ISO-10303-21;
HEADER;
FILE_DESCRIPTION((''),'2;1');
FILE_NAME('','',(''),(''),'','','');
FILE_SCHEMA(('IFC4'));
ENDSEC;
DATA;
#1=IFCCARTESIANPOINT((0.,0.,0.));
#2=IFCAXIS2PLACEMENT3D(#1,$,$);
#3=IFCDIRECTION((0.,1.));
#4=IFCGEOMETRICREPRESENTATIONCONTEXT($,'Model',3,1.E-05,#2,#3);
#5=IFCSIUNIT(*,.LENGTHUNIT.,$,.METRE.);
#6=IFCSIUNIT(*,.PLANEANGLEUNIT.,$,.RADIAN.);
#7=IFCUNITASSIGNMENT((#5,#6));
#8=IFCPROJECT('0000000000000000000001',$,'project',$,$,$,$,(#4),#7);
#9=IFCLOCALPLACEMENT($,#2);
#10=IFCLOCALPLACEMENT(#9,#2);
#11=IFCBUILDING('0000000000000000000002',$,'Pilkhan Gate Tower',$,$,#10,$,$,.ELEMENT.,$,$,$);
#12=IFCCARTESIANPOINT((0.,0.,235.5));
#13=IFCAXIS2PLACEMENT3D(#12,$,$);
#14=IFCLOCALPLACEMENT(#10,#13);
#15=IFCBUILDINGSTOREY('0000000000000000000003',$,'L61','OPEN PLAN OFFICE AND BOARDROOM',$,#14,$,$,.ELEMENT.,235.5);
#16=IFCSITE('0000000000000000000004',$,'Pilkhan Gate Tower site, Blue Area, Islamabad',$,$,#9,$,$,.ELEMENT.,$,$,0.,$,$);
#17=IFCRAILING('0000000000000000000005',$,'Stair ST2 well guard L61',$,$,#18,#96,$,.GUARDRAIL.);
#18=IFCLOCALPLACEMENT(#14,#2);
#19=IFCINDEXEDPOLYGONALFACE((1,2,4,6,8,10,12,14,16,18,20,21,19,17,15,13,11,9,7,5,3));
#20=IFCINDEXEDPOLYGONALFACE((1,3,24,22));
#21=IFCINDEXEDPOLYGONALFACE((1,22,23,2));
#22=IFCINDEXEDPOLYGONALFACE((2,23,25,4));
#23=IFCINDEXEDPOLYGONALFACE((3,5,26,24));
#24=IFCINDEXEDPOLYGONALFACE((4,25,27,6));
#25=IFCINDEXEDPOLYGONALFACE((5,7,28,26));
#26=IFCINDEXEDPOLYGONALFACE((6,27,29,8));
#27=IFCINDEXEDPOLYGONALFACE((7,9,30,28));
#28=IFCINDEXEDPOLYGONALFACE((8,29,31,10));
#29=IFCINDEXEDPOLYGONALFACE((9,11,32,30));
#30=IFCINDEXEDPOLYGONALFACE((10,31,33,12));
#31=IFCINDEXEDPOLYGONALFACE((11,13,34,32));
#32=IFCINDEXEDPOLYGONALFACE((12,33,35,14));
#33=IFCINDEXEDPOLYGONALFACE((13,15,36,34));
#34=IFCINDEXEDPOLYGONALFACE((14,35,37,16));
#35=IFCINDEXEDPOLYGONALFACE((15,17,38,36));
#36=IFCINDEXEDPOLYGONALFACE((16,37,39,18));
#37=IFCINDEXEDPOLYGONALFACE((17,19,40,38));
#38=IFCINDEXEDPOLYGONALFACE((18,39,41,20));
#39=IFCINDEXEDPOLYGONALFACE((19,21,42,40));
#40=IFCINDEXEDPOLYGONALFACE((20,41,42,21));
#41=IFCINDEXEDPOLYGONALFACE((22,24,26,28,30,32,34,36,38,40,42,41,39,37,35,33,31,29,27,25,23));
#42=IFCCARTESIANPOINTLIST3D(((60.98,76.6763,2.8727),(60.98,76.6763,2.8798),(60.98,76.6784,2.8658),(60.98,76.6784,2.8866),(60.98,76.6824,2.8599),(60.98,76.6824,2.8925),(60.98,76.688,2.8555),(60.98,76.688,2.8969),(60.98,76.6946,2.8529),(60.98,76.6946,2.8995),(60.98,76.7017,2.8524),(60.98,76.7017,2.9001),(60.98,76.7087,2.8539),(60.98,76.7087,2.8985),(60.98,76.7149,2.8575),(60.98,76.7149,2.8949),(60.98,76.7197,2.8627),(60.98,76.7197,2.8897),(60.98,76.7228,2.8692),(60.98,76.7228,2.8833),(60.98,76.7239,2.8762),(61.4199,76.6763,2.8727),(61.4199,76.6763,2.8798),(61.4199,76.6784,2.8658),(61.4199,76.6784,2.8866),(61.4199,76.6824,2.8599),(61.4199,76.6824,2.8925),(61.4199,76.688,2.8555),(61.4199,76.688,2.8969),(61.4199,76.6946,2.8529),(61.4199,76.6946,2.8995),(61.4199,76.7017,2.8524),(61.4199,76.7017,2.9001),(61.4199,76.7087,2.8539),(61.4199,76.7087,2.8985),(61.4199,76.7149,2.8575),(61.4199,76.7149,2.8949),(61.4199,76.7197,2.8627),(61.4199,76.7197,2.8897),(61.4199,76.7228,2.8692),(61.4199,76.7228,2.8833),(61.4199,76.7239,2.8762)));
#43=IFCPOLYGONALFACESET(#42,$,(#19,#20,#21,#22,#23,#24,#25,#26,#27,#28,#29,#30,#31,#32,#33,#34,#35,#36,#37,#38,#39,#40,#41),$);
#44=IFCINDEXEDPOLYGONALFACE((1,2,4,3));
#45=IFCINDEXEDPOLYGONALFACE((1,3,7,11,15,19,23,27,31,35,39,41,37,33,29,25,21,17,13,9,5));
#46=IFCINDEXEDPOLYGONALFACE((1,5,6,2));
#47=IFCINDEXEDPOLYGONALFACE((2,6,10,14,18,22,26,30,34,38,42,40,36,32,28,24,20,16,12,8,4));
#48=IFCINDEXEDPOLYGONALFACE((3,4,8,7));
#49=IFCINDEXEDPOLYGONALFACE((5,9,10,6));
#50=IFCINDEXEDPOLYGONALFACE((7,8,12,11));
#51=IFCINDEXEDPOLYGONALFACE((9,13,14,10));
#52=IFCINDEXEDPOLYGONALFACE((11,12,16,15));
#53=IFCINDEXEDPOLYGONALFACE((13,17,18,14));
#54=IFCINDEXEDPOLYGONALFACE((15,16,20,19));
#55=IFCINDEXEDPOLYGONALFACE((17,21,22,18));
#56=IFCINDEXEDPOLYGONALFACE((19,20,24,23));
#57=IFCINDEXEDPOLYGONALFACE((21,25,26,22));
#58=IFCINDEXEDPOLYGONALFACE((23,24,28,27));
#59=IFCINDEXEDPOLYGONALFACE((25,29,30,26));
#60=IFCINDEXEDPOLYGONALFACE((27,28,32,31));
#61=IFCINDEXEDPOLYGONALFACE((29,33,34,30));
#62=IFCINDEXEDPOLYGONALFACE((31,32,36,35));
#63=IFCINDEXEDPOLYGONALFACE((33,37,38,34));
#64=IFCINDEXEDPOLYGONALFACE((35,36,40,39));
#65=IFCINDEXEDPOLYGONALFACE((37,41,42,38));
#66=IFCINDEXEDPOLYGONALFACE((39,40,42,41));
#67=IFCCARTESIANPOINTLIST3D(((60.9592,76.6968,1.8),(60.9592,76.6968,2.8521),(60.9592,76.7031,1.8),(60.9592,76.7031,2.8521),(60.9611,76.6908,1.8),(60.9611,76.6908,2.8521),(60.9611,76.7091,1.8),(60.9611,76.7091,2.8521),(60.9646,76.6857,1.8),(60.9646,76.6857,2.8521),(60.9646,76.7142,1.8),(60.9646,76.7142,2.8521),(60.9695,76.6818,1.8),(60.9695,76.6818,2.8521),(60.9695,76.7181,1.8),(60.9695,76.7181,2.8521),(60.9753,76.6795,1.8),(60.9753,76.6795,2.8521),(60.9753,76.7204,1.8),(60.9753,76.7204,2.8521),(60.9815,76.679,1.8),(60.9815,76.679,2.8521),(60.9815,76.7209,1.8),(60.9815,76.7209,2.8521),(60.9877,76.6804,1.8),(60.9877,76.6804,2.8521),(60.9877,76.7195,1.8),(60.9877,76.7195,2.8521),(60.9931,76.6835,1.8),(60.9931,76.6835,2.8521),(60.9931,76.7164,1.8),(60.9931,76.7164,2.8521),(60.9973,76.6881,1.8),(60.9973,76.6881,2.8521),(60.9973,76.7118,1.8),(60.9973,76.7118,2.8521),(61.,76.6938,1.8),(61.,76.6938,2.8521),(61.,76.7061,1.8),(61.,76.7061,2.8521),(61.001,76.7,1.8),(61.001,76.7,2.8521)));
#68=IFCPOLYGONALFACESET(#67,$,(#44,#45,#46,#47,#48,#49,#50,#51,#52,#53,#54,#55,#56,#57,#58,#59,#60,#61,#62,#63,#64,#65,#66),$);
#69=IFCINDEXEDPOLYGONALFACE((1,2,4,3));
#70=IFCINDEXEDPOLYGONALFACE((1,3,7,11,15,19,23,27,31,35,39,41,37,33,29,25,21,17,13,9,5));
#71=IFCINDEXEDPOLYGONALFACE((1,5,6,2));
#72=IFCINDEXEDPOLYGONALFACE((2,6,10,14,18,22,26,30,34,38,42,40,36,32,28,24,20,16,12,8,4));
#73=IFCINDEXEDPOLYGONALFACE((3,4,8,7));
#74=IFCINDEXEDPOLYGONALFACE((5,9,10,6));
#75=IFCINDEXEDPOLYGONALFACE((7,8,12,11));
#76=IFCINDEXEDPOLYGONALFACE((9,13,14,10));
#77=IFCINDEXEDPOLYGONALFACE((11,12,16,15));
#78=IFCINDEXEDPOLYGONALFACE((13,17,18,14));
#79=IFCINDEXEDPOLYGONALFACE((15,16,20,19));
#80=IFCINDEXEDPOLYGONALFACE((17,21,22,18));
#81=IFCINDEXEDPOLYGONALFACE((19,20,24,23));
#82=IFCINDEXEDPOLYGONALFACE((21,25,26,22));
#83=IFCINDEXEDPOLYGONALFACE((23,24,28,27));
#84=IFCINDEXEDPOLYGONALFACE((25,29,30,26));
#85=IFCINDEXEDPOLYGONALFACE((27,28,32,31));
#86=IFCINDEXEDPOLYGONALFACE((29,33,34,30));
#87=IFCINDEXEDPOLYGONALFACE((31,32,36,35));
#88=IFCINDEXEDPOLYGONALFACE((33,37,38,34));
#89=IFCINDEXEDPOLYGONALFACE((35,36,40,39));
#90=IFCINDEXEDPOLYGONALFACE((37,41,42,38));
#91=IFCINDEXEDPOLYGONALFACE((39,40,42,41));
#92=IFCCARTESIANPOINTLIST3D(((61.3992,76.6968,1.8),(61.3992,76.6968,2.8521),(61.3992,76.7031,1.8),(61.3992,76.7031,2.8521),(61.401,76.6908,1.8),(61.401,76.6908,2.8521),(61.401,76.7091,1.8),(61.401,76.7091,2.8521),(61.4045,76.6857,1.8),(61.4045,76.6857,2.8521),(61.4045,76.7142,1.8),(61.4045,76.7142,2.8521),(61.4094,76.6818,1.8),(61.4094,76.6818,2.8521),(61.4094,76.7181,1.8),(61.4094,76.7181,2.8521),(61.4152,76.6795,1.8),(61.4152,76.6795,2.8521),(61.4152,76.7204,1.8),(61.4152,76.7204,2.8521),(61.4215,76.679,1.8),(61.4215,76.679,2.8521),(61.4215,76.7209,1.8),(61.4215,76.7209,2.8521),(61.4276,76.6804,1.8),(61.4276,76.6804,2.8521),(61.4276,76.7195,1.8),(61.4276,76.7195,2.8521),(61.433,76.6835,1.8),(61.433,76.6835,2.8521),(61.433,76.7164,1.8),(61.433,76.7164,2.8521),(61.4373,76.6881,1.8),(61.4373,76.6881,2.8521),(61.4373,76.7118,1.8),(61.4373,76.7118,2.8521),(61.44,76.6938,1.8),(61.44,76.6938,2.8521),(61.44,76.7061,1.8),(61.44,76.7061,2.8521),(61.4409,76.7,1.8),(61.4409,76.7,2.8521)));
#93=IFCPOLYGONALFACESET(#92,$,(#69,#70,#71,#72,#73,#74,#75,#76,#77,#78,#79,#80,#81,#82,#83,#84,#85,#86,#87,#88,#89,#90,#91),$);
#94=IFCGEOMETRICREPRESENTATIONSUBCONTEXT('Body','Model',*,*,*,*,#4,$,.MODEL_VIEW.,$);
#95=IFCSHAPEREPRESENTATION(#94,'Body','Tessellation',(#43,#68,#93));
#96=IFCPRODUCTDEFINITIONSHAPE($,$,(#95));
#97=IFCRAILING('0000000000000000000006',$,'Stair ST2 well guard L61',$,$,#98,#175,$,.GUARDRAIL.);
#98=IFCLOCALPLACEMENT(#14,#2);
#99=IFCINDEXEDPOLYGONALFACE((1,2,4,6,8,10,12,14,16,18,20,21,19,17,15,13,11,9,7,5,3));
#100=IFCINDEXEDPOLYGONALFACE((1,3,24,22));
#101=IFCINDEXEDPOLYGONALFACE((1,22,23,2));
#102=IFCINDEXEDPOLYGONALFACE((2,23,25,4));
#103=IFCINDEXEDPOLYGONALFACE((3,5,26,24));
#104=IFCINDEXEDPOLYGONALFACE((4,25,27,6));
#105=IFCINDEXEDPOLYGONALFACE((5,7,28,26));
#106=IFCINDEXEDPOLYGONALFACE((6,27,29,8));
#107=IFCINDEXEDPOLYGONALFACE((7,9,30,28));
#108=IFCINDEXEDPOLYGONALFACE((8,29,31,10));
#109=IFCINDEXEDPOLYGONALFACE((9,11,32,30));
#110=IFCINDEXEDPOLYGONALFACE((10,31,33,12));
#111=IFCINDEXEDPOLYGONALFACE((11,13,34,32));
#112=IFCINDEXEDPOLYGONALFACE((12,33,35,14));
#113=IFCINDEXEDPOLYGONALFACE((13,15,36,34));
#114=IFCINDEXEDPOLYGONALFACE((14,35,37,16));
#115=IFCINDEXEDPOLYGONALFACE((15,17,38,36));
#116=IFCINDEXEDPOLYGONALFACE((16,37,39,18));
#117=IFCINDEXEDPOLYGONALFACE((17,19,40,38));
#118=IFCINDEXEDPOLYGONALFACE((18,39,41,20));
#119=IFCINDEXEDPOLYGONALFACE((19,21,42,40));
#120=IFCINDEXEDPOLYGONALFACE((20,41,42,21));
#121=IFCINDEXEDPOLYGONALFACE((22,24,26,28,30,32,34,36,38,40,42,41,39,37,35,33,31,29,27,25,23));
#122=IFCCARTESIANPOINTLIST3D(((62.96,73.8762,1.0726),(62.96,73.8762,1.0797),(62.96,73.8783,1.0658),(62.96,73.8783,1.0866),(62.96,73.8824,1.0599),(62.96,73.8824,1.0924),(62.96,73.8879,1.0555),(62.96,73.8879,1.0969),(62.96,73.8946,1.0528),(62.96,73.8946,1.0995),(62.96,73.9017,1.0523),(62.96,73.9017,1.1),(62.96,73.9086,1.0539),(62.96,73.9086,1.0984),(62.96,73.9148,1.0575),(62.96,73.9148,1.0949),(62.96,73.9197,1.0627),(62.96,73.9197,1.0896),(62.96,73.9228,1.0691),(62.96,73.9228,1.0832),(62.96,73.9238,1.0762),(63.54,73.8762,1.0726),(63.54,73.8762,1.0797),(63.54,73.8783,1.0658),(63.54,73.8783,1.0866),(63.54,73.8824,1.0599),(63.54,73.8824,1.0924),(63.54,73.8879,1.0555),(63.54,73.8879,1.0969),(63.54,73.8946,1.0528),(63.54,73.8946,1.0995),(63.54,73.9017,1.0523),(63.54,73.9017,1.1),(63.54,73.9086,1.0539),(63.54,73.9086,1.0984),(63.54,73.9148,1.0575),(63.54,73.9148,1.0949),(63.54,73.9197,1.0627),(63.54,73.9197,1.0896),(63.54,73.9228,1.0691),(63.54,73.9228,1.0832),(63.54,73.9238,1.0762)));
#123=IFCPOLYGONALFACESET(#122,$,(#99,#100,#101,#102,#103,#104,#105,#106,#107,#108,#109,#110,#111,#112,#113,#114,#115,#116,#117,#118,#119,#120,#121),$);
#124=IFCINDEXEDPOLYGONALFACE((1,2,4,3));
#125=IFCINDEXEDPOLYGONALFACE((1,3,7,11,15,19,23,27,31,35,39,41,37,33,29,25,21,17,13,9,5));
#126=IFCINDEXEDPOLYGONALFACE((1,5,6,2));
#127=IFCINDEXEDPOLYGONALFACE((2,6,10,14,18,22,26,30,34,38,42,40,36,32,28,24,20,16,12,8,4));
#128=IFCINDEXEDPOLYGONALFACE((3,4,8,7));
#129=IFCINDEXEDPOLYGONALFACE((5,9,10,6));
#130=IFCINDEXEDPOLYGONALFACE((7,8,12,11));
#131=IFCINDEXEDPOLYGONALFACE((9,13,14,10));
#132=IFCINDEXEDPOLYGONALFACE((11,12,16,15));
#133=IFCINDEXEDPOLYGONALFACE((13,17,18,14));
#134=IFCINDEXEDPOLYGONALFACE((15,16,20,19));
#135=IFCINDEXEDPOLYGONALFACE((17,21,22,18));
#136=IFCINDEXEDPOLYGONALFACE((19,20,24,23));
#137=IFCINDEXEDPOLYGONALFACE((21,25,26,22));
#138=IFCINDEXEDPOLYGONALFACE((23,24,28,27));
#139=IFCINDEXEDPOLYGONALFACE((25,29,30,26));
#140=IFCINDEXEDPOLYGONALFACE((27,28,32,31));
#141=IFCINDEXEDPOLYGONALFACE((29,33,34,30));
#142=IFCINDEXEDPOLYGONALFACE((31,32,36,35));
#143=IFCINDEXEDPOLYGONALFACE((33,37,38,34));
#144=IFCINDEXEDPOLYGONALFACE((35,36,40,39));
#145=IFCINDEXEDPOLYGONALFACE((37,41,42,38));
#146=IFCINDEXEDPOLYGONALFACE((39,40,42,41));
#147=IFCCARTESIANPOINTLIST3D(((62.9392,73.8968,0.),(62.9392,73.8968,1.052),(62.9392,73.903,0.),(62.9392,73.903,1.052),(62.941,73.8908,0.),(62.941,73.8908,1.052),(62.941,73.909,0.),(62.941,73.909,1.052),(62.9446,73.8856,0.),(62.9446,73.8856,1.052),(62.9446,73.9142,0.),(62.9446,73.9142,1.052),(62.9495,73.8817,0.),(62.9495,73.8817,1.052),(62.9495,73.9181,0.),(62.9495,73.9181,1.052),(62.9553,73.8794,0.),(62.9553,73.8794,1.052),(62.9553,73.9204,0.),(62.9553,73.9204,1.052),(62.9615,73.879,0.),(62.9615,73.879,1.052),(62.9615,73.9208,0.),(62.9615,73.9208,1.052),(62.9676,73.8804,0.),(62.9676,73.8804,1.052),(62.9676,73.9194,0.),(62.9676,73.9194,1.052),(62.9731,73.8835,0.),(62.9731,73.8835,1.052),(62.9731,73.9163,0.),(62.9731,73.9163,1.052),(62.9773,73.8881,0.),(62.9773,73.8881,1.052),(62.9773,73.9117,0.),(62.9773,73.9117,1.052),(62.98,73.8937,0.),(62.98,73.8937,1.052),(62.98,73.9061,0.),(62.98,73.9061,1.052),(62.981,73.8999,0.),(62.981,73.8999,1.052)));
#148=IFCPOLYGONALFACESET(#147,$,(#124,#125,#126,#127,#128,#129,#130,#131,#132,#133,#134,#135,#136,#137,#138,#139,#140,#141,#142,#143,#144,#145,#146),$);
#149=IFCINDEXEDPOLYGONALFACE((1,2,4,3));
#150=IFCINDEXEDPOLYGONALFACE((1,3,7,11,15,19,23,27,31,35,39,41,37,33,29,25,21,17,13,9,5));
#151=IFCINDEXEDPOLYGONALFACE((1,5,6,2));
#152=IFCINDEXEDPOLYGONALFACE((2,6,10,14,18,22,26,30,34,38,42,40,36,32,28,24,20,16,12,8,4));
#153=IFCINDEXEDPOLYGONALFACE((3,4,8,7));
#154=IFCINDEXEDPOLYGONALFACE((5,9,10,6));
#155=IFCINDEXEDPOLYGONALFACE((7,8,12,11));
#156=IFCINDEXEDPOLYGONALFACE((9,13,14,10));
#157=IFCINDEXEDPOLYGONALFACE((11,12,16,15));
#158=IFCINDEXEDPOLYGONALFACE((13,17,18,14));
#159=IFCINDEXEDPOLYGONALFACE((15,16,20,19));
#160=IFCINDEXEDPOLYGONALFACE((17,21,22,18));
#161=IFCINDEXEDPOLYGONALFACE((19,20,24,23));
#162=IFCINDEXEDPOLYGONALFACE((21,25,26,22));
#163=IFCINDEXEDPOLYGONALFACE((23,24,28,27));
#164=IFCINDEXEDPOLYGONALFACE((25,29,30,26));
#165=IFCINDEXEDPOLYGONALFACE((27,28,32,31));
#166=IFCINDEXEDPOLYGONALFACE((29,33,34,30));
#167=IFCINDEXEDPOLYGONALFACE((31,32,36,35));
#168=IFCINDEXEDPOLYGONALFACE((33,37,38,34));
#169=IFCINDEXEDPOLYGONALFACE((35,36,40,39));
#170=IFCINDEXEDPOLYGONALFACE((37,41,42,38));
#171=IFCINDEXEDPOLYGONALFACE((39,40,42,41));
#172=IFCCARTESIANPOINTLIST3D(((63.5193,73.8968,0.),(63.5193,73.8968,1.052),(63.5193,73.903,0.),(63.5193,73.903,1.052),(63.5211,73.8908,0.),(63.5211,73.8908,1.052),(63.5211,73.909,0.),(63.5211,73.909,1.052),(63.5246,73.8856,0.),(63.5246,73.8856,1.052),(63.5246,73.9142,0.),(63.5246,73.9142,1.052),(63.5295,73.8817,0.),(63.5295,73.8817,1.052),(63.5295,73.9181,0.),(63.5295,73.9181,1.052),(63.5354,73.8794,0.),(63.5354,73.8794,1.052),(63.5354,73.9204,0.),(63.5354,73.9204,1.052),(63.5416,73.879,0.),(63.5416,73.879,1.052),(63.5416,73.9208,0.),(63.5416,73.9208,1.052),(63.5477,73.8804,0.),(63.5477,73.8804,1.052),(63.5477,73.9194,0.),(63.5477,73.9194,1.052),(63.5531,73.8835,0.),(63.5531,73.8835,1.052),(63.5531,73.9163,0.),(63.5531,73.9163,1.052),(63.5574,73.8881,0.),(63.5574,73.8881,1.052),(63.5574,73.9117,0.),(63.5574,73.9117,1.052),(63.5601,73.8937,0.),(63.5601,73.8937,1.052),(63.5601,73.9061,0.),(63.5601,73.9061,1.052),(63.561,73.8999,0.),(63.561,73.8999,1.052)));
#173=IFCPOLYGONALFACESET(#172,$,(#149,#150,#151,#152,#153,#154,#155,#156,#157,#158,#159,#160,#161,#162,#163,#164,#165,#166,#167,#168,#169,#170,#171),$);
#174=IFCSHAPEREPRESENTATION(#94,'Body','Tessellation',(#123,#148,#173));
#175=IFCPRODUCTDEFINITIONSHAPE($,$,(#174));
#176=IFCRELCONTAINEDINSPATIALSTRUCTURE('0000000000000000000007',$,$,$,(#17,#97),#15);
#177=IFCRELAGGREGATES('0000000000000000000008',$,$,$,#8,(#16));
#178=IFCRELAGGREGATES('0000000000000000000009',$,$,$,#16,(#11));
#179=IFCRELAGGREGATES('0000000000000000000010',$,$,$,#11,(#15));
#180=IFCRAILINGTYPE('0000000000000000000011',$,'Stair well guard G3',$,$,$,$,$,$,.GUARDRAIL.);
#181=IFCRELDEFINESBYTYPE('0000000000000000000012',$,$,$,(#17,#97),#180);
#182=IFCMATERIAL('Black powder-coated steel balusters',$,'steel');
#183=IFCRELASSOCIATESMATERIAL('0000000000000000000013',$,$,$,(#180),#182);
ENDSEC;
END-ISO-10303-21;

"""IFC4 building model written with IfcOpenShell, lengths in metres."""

from ifc_helpers import new_model, si_unit, direction, frame, origin, origin_2d, place, context, subcontext, project, spatial, circle, extrude, material, type_object, element, save


model = new_model("IFC4")

# Units and contexts
model_context = context("Model", 3, precision=1e-05, world=origin(), true_north=direction((0.0, 1.0)))
body_context = subcontext(model_context, "Body", "Model", "MODEL_VIEW")
ifc_project = project(units=[si_unit("LENGTHUNIT", "METRE"), si_unit("PLANEANGLEUNIT", "RADIAN")], contexts=[model_context])

# Site, building, storey
site_placement = place(None, origin())
site = spatial("IfcSite", under=ifc_project, at=site_placement, Name="Pilkhan Gate Tower site, Blue Area, Islamabad", CompositionType="ELEMENT", RefElevation=0.0)
building_placement = place(site_placement, origin())
building = spatial("IfcBuilding", under=site, at=building_placement, Name="Pilkhan Gate Tower", CompositionType="ELEMENT")
storey_placement = place(building_placement, frame((0.0, 0.0, 235.5)))
storey = spatial("IfcBuildingStorey", under=building, at=storey_placement, Name="L61", Description="OPEN PLAN OFFICE AND BOARDROOM", CompositionType="ELEMENT", Elevation=235.5)

# Railings
ifc_material_1 = material(Name="Black powder-coated steel balusters", Category="steel")
railing_type_1 = type_object("IfcRailingType", Name="Stair well guard G3", PredefinedType="GUARDRAIL", material=ifc_material_1)
railing_1_placement = place(storey_placement, frame((60.98, 76.7, 1.8)))
element("IfcRailing", 1, at=railing_1_placement, inside=storey, type_object=railing_type_1, Name="Stair ST2 well guard L61", PredefinedType="GUARDRAIL", context=body_context, shape_type="SweptSolid", body=[
    extrude(circle(Radius=0.0239, at=origin_2d()), frame((0.0, 0.0, 1.0762), z_axis=(1.0, 0.0, 0.0), x_axis=(0.0, 1.0, 0.0)), (0.0, 0.0, 1.0), 0.4399),
    extrude(circle(Radius=0.021, at=origin_2d()), origin(), (0.0, 0.0, 1.0), 1.052),
    extrude(circle(Radius=0.021, at=origin_2d()), frame((0.4399, 0.0, 0.0)), (0.0, 0.0, 1.0), 1.052),
])
for number, where, name in (
    (2, (62.96, 73.8999, 0.0), "Stair ST2 well guard L61"),
):
    element("IfcRailing", number, at=place(storey_placement, frame(where)), inside=storey, type_object=railing_type_1, Name=name, PredefinedType="GUARDRAIL", context=body_context, shape_type="SweptSolid", body=[
        extrude(circle(Radius=0.0239, at=origin_2d()), frame((0.0, 0.0, 1.0762), z_axis=(1.0, 0.0, 0.0), x_axis=(0.0, 1.0, 0.0)), (0.0, 0.0, 1.0), 0.5801),
        extrude(circle(Radius=0.021, at=origin_2d()), origin(), (0.0, 0.0, 1.0), 1.052),
        extrude(circle(Radius=0.021, at=origin_2d()), frame((0.5801, 0.0, 0.0)), (0.0, 0.0, 1.0), 1.052),
    ])

save(model, "model.ifc")
